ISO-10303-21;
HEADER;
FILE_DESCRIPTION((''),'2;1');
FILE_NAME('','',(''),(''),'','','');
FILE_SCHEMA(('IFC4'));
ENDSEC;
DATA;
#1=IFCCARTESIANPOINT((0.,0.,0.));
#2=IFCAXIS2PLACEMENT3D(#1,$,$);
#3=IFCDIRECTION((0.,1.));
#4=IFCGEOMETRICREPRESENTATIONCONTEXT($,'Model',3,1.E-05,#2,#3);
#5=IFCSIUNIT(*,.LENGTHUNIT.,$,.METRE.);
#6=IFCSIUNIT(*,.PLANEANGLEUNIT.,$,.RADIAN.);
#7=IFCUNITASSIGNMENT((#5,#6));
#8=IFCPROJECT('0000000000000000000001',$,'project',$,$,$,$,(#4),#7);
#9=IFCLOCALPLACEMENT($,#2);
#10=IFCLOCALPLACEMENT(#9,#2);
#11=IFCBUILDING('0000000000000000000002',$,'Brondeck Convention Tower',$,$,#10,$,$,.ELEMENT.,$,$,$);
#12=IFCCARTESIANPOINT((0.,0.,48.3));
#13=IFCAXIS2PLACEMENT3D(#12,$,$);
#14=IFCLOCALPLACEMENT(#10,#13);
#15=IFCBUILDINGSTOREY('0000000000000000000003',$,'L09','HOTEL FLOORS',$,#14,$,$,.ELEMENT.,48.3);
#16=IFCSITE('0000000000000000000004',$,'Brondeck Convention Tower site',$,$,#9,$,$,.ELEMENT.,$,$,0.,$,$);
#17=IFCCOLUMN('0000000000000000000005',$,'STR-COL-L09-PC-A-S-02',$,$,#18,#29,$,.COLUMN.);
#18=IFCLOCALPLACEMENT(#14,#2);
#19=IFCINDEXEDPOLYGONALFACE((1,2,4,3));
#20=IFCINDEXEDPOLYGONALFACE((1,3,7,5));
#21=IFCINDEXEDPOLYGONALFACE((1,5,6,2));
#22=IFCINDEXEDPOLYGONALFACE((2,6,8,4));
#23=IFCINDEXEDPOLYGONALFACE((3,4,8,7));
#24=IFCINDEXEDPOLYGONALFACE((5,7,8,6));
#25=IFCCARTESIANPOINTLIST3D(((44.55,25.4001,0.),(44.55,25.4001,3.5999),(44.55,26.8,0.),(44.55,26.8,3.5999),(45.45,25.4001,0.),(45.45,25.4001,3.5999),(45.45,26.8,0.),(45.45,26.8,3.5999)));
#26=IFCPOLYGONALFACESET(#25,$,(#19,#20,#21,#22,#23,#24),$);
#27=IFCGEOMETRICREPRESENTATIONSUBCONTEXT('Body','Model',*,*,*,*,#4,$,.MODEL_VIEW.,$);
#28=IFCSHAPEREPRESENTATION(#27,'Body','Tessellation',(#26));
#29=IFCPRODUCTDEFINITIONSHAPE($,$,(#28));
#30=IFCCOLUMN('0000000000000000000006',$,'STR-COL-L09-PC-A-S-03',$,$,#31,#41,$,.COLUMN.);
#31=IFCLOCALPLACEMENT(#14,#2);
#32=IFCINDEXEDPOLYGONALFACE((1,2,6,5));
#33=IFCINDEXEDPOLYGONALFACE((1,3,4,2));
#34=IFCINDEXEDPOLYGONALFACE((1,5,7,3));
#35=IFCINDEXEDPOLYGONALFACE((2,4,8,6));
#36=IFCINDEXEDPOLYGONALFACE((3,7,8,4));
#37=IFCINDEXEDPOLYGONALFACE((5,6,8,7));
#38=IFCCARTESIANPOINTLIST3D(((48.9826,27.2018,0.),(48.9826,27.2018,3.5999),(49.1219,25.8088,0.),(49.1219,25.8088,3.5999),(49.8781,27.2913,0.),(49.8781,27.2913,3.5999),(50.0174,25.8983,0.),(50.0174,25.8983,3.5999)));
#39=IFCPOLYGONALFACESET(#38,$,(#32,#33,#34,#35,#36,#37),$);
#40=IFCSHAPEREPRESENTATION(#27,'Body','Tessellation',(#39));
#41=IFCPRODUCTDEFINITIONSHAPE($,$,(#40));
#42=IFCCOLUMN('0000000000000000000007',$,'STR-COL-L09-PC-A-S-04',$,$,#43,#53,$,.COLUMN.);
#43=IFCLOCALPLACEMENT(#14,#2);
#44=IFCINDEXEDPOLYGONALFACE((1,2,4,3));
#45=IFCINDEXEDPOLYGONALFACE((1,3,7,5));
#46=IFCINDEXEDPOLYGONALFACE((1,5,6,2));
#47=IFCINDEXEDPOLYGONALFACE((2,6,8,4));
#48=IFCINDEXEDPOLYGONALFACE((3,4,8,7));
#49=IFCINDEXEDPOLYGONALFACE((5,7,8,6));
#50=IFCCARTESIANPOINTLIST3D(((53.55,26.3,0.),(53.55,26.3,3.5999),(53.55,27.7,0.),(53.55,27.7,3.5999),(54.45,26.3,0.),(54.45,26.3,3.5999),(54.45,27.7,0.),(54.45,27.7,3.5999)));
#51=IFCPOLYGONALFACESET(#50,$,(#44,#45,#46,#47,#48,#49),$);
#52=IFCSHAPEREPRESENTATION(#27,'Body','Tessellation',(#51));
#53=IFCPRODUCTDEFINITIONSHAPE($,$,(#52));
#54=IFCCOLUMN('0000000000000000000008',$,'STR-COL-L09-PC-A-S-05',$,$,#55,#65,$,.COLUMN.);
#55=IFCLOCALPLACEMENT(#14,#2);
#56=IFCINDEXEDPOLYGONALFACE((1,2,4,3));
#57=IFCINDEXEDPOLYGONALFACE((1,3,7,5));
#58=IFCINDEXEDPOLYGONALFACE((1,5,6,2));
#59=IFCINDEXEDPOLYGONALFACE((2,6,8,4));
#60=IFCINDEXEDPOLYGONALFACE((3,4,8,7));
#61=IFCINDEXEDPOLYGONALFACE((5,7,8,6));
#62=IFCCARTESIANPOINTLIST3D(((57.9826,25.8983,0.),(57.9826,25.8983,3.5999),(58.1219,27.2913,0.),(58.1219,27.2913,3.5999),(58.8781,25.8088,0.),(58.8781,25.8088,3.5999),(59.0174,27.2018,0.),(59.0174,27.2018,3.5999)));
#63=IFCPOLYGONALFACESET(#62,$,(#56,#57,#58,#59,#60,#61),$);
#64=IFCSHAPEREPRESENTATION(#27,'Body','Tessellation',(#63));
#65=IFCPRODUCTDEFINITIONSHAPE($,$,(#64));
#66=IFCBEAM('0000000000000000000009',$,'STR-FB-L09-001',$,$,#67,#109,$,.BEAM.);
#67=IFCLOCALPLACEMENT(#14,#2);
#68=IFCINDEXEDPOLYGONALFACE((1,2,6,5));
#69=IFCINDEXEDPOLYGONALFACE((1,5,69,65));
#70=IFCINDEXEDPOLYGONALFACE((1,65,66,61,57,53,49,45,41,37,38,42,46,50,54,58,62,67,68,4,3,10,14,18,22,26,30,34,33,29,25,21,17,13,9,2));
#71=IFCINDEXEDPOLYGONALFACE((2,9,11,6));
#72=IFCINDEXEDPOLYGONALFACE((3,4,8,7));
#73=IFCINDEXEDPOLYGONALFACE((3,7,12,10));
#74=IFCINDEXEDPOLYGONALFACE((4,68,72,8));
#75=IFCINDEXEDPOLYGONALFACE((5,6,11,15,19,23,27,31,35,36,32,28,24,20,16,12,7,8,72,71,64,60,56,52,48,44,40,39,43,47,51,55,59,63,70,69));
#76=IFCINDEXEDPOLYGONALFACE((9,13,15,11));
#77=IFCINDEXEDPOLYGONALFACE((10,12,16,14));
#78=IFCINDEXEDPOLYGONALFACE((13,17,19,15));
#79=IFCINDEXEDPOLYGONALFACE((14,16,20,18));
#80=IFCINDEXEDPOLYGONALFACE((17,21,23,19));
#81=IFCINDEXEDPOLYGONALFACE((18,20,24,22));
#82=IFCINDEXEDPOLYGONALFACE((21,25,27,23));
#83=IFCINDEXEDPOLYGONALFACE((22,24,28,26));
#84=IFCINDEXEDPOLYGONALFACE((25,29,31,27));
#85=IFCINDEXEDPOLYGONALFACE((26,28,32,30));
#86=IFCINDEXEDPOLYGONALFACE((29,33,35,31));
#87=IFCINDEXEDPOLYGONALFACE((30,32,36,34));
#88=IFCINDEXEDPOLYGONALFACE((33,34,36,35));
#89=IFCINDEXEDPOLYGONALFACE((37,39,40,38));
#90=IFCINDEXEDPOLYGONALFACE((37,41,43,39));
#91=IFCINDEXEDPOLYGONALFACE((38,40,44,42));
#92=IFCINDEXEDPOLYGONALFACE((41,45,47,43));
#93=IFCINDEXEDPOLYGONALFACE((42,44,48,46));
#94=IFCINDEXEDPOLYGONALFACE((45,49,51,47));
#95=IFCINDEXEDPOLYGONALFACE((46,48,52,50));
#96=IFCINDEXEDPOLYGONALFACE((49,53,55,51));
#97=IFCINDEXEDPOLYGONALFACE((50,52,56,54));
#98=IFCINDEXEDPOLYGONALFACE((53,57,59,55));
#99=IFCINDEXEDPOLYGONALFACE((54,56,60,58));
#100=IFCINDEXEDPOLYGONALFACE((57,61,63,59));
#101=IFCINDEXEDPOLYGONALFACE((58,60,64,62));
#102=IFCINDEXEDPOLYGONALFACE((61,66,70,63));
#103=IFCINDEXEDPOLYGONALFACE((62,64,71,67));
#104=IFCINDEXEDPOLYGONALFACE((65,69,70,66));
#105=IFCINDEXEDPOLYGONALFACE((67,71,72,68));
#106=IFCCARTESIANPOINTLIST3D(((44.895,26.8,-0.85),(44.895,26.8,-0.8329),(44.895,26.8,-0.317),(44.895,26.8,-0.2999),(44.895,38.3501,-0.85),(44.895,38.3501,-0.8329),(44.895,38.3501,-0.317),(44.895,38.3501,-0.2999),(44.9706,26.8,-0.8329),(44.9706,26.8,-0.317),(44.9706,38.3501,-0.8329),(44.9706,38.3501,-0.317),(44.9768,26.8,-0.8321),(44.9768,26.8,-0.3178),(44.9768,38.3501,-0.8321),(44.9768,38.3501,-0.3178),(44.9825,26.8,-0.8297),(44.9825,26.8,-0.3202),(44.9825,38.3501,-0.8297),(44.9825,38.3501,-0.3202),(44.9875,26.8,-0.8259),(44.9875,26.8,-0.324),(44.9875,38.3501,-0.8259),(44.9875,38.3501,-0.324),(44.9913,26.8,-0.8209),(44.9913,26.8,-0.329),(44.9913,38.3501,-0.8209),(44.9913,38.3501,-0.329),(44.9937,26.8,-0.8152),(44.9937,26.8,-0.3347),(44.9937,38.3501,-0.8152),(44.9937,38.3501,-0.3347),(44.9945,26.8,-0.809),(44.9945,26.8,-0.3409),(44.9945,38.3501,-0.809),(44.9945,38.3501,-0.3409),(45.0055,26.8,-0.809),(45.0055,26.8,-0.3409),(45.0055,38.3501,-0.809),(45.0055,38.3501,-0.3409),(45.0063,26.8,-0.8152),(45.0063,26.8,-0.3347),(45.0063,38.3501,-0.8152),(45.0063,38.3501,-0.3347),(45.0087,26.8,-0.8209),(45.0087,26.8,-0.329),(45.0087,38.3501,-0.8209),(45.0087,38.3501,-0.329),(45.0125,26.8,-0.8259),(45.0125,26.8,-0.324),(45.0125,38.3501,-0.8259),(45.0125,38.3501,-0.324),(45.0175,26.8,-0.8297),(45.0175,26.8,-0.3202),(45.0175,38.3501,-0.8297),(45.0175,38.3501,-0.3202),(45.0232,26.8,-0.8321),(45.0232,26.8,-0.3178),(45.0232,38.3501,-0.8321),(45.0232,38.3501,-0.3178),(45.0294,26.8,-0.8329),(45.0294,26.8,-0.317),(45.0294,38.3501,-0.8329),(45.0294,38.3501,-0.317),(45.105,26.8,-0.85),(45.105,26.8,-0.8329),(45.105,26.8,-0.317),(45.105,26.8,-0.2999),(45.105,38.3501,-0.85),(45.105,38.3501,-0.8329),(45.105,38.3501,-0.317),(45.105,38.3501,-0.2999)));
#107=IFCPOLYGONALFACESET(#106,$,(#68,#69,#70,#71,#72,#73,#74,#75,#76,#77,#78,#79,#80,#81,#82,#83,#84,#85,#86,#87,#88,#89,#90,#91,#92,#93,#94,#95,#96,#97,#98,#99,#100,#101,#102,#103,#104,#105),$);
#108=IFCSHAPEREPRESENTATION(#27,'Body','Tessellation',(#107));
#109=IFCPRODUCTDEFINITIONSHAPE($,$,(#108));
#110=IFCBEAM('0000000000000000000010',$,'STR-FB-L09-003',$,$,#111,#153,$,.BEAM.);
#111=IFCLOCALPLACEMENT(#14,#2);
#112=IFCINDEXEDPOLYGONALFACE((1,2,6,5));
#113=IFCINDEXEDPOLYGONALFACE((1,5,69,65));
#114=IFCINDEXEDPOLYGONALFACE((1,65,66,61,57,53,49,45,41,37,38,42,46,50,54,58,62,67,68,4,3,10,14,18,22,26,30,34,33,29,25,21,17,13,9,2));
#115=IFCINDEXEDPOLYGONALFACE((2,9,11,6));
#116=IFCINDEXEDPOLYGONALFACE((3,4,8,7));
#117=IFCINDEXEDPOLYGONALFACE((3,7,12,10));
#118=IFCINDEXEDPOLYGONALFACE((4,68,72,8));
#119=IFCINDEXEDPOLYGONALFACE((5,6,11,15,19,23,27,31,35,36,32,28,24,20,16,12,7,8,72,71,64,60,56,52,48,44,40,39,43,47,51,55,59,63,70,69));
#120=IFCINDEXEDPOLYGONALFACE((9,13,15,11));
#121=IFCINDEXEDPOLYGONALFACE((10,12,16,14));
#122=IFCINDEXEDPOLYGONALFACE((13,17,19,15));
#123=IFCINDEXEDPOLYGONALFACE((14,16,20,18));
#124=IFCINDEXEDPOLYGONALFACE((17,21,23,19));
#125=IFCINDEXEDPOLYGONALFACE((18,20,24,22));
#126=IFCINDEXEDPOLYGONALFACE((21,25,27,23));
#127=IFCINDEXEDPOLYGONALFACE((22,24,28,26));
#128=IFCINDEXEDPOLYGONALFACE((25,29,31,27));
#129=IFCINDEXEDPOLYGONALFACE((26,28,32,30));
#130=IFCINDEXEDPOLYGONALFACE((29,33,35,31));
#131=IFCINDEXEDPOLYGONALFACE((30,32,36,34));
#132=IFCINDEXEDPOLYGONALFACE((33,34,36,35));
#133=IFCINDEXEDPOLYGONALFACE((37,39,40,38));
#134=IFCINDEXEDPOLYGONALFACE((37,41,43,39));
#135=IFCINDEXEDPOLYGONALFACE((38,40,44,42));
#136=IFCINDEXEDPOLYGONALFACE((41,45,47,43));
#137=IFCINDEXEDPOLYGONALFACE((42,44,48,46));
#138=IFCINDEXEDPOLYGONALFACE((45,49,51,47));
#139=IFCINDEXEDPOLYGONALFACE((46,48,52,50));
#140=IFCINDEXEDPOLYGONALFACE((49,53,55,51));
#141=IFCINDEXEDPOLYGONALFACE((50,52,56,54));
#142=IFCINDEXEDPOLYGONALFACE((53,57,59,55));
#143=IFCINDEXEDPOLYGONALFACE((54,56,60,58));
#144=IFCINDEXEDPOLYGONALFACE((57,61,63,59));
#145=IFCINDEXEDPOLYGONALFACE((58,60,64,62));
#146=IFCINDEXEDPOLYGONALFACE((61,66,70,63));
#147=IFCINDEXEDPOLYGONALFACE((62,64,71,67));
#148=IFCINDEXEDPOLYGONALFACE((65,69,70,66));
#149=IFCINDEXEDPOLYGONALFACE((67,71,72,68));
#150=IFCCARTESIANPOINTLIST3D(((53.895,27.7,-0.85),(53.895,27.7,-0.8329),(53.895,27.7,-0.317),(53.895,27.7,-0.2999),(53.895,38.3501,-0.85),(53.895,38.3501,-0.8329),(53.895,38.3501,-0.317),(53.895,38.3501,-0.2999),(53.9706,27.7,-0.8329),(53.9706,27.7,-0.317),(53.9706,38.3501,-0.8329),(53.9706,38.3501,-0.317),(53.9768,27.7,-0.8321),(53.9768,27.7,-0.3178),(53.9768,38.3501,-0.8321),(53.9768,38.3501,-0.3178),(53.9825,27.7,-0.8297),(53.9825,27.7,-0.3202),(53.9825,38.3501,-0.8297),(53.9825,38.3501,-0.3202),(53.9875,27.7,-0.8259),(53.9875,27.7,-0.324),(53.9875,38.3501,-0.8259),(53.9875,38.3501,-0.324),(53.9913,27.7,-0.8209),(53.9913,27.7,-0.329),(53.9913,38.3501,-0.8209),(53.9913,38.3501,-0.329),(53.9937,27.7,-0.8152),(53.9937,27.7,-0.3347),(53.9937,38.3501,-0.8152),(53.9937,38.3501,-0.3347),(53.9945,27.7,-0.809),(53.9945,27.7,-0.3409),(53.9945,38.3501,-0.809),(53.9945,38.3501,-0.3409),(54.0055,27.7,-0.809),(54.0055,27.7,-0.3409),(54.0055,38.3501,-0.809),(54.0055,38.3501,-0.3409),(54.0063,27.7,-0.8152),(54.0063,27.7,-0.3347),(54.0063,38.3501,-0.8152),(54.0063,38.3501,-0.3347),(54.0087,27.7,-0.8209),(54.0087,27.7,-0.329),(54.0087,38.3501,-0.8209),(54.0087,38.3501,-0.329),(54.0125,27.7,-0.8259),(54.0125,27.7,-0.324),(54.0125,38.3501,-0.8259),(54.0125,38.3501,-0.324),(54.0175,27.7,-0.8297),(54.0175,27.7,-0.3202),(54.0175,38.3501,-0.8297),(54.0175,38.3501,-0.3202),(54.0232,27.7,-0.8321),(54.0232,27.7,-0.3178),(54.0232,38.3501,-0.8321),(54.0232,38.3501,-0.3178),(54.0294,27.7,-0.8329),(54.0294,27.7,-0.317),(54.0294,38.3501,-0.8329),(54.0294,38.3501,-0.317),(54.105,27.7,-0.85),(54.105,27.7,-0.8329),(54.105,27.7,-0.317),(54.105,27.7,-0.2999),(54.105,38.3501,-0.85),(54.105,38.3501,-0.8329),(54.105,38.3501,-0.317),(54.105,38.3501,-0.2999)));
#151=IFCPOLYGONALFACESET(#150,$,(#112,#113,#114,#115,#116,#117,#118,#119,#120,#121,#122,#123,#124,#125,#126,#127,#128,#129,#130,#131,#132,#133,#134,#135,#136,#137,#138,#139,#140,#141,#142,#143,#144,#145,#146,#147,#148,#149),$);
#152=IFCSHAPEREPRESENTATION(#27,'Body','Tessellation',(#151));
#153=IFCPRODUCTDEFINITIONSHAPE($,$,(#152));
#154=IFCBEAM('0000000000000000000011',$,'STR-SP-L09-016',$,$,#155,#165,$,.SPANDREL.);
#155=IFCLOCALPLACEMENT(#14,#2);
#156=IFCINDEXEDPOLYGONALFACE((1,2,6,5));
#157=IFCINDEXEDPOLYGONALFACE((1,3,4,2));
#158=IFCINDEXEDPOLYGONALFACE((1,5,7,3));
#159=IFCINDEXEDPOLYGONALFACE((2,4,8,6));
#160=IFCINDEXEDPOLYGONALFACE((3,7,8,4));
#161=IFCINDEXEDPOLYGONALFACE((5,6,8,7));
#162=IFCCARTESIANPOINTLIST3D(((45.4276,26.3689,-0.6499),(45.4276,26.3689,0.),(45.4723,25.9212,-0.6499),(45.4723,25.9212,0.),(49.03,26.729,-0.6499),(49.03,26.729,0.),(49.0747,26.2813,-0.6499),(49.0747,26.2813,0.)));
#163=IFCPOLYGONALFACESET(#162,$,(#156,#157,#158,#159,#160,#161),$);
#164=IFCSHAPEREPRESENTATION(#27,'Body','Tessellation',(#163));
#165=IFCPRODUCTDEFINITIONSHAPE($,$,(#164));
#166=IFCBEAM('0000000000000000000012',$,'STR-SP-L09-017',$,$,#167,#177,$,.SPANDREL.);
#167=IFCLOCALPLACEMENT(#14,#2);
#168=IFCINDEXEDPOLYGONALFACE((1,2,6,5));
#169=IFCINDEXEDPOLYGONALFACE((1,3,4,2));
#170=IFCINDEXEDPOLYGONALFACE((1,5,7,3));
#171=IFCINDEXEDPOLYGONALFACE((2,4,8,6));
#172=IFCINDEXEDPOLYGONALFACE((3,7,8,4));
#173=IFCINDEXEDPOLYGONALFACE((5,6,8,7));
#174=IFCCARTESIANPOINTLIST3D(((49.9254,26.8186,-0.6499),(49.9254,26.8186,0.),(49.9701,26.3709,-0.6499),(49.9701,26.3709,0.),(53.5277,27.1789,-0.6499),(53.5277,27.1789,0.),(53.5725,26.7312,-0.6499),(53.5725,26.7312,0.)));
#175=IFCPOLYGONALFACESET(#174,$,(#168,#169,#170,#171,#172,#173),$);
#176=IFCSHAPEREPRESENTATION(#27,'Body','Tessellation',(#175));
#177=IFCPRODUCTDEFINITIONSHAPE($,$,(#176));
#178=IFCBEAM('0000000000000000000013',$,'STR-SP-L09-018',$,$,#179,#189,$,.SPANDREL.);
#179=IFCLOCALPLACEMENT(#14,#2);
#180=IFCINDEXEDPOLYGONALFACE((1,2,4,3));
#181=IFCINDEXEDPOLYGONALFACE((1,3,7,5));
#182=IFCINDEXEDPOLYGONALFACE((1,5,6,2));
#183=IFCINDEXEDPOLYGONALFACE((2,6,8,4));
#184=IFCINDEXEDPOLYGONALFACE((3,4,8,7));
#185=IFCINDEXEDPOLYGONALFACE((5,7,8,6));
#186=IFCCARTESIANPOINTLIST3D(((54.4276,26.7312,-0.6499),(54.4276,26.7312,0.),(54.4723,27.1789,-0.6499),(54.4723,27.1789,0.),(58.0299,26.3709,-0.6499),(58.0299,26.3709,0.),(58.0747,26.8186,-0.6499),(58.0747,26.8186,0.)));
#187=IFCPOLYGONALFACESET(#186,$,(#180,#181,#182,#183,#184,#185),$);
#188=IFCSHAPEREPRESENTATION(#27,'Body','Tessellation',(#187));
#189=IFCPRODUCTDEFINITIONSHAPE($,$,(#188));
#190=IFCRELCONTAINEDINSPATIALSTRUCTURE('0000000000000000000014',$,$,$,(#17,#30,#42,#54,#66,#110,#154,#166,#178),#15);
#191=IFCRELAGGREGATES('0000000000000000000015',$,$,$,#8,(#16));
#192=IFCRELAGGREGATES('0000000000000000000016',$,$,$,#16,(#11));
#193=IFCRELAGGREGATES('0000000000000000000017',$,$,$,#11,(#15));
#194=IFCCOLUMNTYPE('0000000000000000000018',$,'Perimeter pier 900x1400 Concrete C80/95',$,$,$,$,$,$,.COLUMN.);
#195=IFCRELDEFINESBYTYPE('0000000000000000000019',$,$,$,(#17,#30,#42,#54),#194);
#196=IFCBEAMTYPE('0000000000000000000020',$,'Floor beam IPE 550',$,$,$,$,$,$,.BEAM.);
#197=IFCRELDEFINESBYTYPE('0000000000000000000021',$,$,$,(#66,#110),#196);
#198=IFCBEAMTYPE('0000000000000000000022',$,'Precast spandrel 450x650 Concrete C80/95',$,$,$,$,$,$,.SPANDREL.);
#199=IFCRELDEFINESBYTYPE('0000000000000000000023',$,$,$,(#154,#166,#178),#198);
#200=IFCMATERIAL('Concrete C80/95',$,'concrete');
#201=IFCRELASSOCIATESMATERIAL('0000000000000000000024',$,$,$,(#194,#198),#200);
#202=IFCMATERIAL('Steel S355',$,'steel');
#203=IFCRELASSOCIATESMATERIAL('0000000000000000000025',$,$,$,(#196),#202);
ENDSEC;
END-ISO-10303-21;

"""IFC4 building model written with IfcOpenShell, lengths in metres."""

from ifc_helpers import new_model, si_unit, direction, frame, origin, origin_2d, place, context, subcontext, project, spatial, rectangle, i_section, extrude, material, material_profile, profile_set, type_object, element, save


model = new_model("IFC4")

# Units and contexts
model_context = context("Model", 3, precision=1e-05, world=origin(), true_north=direction((0.0, 1.0)))
body_context = subcontext(model_context, "Body", "Model", "MODEL_VIEW")
ifc_project = project(units=[si_unit("LENGTHUNIT", "METRE"), si_unit("PLANEANGLEUNIT", "RADIAN")], contexts=[model_context])

# Site, building, storey
site_placement = place(None, origin())
site = spatial("IfcSite", under=ifc_project, at=site_placement, Name="Brondeck Convention Tower site", CompositionType="ELEMENT", RefElevation=0.0)
building_placement = place(site_placement, origin())
building = spatial("IfcBuilding", under=site, at=building_placement, Name="Brondeck Convention Tower", CompositionType="ELEMENT")
storey_placement = place(building_placement, frame((0.0, 0.0, 48.3)))
storey = spatial("IfcBuildingStorey", under=building, at=storey_placement, Name="L09", Description="HOTEL FLOORS", CompositionType="ELEMENT", Elevation=48.3)

# Columns
ifc_material_1 = material(Name="Concrete C80/95", Category="concrete")
ifc_material_profile_1 = material_profile(ifc_material_1, rectangle(XDim=0.8999, YDim=1.3999, at=origin_2d()), Name="Perimeter pier 900x1400 Concrete C80/95")
ifc_profile_set_1 = profile_set([ifc_material_profile_1], Name="Concrete C80/95")
column_type = type_object("IfcColumnType", Name="Perimeter pier 900x1400 Concrete C80/95", PredefinedType="COLUMN", material=ifc_profile_set_1)
for number, where, z_axis, x_axis, name in (
    (1, (45.0, 26.1001, 0.0), (0.0, 0.0, 1.0), (1.0, 0.0, 0.0), "STR-COL-L09-PC-A-S-02"),
    (2, (49.5, 26.55, 0.0), (0.0, 0.0, 1.0), (0.995037, 0.099504, 0.0), "STR-COL-L09-PC-A-S-03"),
    (3, (54.0, 27.0, 0.0), (0.0, 0.0, 1.0), (1.0, 0.0, 0.0), "STR-COL-L09-PC-A-S-04"),
    (4, (58.5, 26.55, 0.0), (0.0, 0.0, 1.0), (0.995037, -0.099504, 0.0), "STR-COL-L09-PC-A-S-05"),
):
    element("IfcColumn", number, at=place(storey_placement, frame(where, z_axis=z_axis, x_axis=x_axis)), inside=storey, type_object=column_type, Name=name, PredefinedType="COLUMN", context=body_context, shape_type="SweptSolid", body=[
        extrude(rectangle(XDim=0.8999, YDim=1.3999, at=origin_2d()), origin(), (0.0, 0.0, 1.0), 3.5999),
    ])

# Beams
ifc_material_2 = material(Name="Steel S355", Category="steel")
ifc_material_profile_2 = material_profile(ifc_material_2, i_section(OverallWidth=0.21, OverallDepth=0.55, WebThickness=0.011, FlangeThickness=0.0171, FilletRadius=0.0239, at=origin_2d()), Name="IPE 550")
ifc_profile_set_2 = profile_set([ifc_material_profile_2], Name="Steel S355")
beam_type_1 = type_object("IfcBeamType", Name="Floor beam IPE 550", PredefinedType="BEAM", material=ifc_profile_set_2)
beam_1_placement = place(storey_placement, frame((45.0, 26.8, -0.575), z_axis=(0.0, 1.0, 0.0), x_axis=(-1.0, 0.0, 0.0)))
element("IfcBeam", 5, at=beam_1_placement, inside=storey, type_object=beam_type_1, Name="STR-FB-L09-001", PredefinedType="BEAM", context=body_context, shape_type="SweptSolid", body=[
    extrude(i_section(OverallWidth=0.21, OverallDepth=0.55, WebThickness=0.011, FlangeThickness=0.0171, FilletRadius=0.0239, at=origin_2d()), origin(), (0.0, 0.0, 1.0), 11.55),
])
beam_2_placement = place(storey_placement, frame((54.0, 27.7, -0.575), z_axis=(0.0, 1.0, 0.0), x_axis=(-1.0, 0.0, 0.0)))
element("IfcBeam", 6, at=beam_2_placement, inside=storey, type_object=beam_type_1, Name="STR-FB-L09-003", PredefinedType="BEAM", context=body_context, shape_type="SweptSolid", body=[
    extrude(i_section(OverallWidth=0.21, OverallDepth=0.55, WebThickness=0.011, FlangeThickness=0.0171, FilletRadius=0.0239, at=origin_2d()), origin(), (0.0, 0.0, 1.0), 10.6501),
])
ifc_material_profile_3 = material_profile(ifc_material_1, rectangle(XDim=0.45, YDim=0.6499, at=origin_2d()), Name="Precast spandrel 450x650 Concrete C80/95")
ifc_profile_set_3 = profile_set([ifc_material_profile_3], Name="Concrete C80/95")
beam_type_2 = type_object("IfcBeamType", Name="Precast spandrel 450x650 Concrete C80/95", PredefinedType="SPANDREL", material=ifc_profile_set_3)
for number, where, z_axis, x_axis, name in (
    (7, (45.45, 26.145, -0.325), (0.995041, 0.09947, 0.0), (-0.09947, 0.995041, 0.0), "STR-SP-L09-016"),
    (8, (49.9478, 26.5947, -0.325), (0.995034, 0.099537, 0.0), (-0.099537, 0.995034, 0.0), "STR-SP-L09-017"),
    (9, (54.45, 26.9551, -0.325), (0.995034, -0.099537, 0.0), (0.099537, 0.995034, 0.0), "STR-SP-L09-018"),
):
    element("IfcBeam", number, at=place(storey_placement, frame(where, z_axis=z_axis, x_axis=x_axis)), inside=storey, type_object=beam_type_2, Name=name, PredefinedType="SPANDREL", context=body_context, shape_type="SweptSolid", body=[
        extrude(rectangle(XDim=0.45, YDim=0.6499, at=origin_2d()), origin(), (0.0, 0.0, 1.0), 3.6204),
    ])

save(model, "model.ifc")
